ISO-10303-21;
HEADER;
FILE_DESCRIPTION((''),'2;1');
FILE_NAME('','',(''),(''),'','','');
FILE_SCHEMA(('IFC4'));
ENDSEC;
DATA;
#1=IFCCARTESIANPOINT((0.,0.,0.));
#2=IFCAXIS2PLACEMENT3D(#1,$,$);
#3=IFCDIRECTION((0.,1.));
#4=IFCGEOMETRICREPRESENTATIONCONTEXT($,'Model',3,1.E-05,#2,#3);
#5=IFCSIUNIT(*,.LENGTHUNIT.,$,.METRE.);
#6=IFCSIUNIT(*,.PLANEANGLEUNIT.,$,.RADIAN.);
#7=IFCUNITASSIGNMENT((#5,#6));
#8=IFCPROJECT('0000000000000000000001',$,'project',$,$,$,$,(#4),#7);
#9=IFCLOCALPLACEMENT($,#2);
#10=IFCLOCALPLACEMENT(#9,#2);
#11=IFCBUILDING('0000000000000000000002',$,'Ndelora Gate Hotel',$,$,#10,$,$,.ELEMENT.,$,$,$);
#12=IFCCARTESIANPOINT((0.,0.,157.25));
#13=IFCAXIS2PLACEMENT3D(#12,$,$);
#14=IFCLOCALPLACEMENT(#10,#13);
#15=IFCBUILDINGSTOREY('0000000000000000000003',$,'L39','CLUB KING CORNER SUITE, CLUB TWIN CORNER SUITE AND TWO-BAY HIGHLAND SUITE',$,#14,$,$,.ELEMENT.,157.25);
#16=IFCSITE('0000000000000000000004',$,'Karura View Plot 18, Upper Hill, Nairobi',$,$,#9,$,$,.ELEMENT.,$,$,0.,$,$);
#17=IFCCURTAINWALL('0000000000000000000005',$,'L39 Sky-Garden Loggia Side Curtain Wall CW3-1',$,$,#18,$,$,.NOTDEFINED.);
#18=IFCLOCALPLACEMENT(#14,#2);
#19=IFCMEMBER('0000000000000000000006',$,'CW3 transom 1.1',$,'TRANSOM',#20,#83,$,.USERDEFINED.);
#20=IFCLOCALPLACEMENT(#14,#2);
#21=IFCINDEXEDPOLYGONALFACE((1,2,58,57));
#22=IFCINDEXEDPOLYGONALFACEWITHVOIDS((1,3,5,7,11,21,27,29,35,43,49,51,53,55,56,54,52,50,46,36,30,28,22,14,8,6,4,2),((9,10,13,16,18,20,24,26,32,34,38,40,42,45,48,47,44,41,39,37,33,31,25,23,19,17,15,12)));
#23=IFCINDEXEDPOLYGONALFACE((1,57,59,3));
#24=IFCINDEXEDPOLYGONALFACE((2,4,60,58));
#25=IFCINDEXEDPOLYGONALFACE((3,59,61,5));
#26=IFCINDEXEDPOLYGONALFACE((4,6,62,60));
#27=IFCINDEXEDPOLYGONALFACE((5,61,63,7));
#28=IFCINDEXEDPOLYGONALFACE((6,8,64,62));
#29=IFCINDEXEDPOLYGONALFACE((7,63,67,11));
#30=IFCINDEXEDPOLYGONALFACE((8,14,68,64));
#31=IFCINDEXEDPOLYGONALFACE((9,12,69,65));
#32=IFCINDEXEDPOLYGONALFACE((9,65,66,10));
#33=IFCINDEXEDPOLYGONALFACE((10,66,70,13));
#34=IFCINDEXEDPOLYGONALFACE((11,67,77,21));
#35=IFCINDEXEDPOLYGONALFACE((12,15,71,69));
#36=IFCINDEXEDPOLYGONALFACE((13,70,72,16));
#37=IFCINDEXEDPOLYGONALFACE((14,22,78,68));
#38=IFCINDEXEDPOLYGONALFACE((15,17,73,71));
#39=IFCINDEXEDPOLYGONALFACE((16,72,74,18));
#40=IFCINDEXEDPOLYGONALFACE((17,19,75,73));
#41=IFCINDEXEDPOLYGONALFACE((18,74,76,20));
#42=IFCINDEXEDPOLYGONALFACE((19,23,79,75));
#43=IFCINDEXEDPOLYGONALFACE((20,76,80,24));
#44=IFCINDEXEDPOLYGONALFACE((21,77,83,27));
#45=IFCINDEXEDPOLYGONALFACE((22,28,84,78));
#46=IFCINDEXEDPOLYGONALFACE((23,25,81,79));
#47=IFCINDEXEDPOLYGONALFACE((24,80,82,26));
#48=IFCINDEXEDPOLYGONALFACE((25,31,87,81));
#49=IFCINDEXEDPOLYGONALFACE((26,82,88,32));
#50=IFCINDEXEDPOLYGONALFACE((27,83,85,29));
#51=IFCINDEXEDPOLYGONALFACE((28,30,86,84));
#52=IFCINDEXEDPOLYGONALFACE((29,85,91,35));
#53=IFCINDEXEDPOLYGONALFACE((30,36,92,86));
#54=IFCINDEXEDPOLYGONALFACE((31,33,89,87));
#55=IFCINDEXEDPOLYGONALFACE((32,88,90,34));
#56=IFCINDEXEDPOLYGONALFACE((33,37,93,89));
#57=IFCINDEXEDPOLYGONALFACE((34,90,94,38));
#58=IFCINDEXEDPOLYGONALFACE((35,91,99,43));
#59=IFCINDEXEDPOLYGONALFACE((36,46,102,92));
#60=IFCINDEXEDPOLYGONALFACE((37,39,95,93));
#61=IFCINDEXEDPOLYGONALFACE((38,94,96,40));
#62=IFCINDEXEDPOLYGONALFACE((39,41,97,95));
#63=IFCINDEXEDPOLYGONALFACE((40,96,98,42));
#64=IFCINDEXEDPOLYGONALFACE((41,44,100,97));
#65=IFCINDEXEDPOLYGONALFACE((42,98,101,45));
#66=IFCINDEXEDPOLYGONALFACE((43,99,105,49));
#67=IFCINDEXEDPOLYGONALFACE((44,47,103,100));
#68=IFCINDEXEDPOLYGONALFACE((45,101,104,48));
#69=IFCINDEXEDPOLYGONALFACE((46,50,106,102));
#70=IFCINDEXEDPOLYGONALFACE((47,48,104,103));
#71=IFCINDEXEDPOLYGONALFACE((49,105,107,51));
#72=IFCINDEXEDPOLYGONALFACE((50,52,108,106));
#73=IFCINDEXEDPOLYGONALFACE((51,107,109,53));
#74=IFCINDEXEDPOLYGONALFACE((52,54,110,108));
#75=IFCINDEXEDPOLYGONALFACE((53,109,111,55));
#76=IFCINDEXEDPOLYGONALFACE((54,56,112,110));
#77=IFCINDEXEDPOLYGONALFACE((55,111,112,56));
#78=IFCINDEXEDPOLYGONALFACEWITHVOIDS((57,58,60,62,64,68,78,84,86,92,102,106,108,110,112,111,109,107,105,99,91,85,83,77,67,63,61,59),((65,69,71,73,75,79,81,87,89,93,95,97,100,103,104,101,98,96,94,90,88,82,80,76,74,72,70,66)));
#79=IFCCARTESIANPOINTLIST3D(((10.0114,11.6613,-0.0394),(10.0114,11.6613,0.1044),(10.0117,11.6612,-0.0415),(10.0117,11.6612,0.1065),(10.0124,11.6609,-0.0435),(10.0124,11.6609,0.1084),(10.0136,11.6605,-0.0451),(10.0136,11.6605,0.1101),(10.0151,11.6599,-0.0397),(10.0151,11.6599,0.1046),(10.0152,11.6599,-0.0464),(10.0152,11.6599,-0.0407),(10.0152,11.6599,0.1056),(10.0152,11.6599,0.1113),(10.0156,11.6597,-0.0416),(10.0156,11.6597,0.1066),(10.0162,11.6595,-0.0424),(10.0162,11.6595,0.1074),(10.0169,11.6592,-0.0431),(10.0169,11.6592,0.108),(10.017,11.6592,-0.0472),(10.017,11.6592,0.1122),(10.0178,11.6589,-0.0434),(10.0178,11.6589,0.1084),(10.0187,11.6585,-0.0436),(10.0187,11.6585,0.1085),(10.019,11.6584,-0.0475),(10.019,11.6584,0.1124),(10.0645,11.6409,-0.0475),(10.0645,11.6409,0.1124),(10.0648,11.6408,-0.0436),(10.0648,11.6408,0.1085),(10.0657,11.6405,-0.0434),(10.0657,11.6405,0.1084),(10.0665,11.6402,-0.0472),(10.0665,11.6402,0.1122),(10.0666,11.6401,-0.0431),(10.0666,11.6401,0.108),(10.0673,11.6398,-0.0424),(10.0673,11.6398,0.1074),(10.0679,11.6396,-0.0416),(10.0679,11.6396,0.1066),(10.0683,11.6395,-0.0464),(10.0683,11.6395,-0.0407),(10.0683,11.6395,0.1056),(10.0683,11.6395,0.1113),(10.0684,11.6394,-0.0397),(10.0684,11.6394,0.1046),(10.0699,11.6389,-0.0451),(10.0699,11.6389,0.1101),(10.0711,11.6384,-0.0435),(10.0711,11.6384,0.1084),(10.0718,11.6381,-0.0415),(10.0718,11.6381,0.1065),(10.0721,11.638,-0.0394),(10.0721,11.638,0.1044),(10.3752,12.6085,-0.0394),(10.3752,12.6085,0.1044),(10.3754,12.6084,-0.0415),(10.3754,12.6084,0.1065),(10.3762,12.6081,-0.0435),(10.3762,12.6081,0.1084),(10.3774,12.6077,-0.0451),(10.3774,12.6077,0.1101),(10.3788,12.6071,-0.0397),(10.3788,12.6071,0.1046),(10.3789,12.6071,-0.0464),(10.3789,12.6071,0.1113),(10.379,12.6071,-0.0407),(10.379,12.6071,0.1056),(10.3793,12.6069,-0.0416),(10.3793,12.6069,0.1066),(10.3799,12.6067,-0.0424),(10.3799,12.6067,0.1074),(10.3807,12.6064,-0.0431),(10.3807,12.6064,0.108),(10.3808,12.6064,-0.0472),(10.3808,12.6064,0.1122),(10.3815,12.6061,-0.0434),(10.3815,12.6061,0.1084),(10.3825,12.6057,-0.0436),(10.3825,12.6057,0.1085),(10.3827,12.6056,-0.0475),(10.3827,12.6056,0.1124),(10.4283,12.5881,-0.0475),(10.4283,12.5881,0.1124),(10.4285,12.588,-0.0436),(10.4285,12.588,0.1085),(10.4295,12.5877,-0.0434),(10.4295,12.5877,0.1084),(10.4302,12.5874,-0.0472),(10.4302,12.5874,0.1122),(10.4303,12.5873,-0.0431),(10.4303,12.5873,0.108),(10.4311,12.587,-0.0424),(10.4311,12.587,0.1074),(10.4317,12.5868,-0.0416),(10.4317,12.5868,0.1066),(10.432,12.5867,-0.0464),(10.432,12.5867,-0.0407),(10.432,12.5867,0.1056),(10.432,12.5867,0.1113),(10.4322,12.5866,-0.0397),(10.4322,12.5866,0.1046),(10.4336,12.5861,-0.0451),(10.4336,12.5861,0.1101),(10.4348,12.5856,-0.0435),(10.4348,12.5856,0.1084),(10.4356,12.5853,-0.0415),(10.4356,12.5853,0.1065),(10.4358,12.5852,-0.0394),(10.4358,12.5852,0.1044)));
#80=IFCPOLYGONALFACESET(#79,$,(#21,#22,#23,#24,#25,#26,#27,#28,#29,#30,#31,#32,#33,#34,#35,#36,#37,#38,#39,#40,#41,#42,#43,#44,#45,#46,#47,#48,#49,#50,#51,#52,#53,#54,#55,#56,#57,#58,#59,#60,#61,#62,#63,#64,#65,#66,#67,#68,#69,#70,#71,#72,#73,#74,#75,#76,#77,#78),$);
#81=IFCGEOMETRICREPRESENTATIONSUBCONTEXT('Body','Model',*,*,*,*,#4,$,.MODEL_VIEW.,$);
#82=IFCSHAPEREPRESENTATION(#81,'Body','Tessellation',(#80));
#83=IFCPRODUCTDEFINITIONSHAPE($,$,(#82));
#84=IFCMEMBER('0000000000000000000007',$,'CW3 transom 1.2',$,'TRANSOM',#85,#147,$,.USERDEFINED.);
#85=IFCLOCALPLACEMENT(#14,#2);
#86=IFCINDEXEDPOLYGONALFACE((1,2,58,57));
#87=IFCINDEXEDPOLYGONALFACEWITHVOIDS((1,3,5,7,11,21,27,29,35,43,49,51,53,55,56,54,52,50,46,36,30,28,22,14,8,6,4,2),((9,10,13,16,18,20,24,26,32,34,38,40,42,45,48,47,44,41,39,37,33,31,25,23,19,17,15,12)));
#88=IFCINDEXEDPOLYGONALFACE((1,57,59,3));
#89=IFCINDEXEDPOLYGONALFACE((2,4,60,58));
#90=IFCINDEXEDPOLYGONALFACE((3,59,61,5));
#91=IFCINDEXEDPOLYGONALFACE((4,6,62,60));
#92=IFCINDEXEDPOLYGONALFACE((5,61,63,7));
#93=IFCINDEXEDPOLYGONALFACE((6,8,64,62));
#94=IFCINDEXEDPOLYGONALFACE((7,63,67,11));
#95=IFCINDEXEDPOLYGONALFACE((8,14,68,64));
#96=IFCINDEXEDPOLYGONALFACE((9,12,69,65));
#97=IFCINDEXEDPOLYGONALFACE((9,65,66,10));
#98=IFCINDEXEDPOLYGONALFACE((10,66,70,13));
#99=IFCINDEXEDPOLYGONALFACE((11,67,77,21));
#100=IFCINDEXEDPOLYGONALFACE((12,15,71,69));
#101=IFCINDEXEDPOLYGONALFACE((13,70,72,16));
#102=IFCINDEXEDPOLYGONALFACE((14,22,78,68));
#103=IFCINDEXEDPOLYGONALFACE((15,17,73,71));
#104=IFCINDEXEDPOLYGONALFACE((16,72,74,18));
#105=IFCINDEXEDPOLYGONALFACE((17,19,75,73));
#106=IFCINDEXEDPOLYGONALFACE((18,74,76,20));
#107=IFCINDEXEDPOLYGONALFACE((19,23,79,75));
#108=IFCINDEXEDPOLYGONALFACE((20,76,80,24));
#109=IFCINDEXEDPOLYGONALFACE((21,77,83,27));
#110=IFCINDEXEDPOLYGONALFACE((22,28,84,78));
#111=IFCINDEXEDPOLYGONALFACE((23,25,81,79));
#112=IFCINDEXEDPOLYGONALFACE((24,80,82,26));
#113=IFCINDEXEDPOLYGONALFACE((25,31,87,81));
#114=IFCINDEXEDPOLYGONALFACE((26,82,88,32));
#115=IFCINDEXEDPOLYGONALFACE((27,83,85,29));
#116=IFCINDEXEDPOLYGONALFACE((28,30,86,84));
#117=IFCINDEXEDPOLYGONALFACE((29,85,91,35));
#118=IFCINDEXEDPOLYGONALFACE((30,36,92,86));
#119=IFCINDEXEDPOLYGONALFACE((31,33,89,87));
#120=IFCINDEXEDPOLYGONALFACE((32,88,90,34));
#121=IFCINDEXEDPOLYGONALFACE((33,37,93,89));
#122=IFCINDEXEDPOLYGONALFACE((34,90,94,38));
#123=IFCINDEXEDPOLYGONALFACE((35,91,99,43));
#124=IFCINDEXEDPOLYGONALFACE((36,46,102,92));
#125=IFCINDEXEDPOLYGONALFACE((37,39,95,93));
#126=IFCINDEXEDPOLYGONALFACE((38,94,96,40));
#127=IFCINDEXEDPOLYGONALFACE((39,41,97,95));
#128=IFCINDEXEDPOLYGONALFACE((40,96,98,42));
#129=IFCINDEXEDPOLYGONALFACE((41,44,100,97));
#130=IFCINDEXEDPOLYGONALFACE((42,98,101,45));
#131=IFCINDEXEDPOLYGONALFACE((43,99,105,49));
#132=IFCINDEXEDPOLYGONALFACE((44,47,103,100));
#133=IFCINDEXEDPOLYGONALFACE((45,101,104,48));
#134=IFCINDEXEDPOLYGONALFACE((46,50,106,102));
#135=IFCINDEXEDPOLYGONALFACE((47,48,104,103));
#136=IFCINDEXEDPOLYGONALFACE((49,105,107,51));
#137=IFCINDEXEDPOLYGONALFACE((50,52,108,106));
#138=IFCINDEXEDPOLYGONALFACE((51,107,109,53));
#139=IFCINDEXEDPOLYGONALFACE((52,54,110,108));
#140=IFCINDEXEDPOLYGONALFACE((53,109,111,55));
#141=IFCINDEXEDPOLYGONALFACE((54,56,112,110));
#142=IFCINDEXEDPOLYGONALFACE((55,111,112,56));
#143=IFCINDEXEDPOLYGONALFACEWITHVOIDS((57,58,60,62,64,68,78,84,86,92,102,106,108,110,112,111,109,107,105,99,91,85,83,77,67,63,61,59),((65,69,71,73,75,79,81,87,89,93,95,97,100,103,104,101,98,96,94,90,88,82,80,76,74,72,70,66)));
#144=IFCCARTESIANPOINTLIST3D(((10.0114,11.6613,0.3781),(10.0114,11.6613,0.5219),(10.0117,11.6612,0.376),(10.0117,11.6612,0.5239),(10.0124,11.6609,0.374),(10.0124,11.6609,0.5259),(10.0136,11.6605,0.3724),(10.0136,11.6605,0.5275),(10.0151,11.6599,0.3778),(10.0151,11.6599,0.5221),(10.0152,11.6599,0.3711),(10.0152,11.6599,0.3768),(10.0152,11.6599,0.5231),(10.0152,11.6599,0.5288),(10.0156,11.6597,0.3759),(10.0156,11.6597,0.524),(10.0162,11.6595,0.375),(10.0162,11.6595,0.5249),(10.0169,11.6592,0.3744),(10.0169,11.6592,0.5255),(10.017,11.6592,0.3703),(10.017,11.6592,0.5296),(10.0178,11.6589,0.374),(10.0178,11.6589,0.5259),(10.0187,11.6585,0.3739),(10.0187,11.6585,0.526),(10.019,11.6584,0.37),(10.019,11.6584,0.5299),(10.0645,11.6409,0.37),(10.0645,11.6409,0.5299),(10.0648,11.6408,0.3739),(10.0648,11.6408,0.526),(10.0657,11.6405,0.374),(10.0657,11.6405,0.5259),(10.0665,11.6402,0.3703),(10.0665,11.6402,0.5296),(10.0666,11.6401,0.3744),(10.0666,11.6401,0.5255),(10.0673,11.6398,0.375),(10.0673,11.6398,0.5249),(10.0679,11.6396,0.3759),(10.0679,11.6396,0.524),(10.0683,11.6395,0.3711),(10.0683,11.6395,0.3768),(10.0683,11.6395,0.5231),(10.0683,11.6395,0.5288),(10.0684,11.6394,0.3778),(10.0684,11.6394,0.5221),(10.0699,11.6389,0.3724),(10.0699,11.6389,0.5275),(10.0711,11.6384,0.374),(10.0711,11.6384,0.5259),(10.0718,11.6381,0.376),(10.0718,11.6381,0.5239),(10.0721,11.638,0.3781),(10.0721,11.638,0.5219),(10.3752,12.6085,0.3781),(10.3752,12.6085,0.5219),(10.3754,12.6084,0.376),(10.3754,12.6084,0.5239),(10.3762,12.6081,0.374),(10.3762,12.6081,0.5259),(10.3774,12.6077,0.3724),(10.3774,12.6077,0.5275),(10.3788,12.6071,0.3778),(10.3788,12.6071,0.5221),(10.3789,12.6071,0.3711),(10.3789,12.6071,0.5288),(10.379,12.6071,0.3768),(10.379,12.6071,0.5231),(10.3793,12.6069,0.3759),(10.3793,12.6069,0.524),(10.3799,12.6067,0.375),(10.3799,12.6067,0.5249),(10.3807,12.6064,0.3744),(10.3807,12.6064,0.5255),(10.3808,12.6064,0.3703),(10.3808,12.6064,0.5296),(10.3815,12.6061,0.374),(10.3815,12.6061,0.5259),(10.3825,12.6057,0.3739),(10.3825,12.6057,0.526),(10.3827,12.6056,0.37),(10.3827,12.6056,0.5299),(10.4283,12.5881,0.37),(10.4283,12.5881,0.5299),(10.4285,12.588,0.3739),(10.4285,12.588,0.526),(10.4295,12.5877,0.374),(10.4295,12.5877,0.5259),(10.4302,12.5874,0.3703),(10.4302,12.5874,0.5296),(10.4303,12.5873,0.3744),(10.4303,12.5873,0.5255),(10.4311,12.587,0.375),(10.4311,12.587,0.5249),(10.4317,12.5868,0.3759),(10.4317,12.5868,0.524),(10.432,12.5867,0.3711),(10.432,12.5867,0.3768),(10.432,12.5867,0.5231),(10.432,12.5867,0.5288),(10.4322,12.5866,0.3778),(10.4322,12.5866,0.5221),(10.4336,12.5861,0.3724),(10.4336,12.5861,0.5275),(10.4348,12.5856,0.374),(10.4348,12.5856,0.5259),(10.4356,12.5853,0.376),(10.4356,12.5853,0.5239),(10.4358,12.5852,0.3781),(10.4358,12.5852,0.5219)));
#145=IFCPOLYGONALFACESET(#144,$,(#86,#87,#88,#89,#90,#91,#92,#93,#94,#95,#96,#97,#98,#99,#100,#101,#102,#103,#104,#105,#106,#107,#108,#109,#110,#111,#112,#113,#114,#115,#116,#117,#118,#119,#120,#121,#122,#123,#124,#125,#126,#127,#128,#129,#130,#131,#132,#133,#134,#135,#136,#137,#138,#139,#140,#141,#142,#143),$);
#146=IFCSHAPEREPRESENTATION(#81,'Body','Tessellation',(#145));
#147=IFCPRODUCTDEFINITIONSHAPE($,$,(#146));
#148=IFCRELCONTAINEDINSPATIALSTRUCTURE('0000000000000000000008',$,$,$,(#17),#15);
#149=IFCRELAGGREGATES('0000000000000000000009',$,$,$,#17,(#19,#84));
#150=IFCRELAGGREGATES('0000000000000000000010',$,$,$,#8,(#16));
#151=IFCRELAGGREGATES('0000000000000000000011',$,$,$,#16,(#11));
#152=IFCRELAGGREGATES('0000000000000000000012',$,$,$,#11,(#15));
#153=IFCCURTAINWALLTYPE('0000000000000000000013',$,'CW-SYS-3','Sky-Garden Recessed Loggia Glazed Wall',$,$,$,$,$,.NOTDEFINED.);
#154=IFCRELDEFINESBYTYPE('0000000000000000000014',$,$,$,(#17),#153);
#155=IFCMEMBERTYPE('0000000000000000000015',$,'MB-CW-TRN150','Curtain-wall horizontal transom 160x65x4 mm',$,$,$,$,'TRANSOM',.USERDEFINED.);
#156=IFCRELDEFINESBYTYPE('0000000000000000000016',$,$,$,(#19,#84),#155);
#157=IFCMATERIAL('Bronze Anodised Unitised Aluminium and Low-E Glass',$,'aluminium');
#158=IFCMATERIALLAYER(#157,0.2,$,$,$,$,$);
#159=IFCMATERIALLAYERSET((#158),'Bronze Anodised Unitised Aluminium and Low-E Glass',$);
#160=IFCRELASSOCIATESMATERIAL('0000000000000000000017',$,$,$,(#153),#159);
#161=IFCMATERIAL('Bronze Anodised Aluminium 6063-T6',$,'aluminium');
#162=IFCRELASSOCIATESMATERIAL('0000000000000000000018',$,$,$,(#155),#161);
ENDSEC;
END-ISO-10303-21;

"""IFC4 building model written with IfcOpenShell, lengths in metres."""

from ifc_helpers import new_model, si_unit, direction, frame, origin, origin_2d, place, context, subcontext, project, spatial, hollow_rectangle, extrude, material, layer, layer_set, material_profile, profile_set, type_object, element, aggregate, save


model = new_model("IFC4")

# Units and contexts
model_context = context("Model", 3, precision=1e-05, world=origin(), true_north=direction((0.0, 1.0)))
body_context = subcontext(model_context, "Body", "Model", "MODEL_VIEW")
ifc_project = project(units=[si_unit("LENGTHUNIT", "METRE"), si_unit("PLANEANGLEUNIT", "RADIAN")], contexts=[model_context])

# Site, building, storey
site_placement = place(None, origin())
site = spatial("IfcSite", under=ifc_project, at=site_placement, Name="Karura View Plot 18, Upper Hill, Nairobi", CompositionType="ELEMENT", RefElevation=0.0)
building_placement = place(site_placement, origin())
building = spatial("IfcBuilding", under=site, at=building_placement, Name="Ndelora Gate Hotel", CompositionType="ELEMENT")
storey_placement = place(building_placement, frame((0.0, 0.0, 157.25)))
storey = spatial("IfcBuildingStorey", under=building, at=storey_placement, Name="L39", Description="CLUB KING CORNER SUITE, CLUB TWIN CORNER SUITE AND TWO-BAY HIGHLAND SUITE", CompositionType="ELEMENT", Elevation=157.25)

# Curtain wall, members
ifc_material_1 = material(Name="Bronze Anodised Unitised Aluminium and Low-E Glass", Category="aluminium")
ifc_layer_1 = layer(ifc_material_1, 0.2)
ifc_layer_set_1 = layer_set([ifc_layer_1], Name="Bronze Anodised Unitised Aluminium and Low-E Glass")
curtain_wall_type = type_object("IfcCurtainWallType", Name="CW-SYS-3", Description="Sky-Garden Recessed Loggia Glazed Wall", PredefinedType="NOTDEFINED", material=ifc_layer_set_1)
curtain_wall_placement = place(storey_placement, origin())
curtain_wall = element("IfcCurtainWall", 1, at=curtain_wall_placement, inside=storey, type_object=curtain_wall_type, Name="L39 Sky-Garden Loggia Side Curtain Wall CW3-1", PredefinedType="NOTDEFINED")
ifc_material_2 = material(Name="Bronze Anodised Aluminium 6063-T6", Category="aluminium")
ifc_material_profile_1 = material_profile(ifc_material_2, hollow_rectangle(XDim=0.0649, YDim=0.1599, WallThickness=0.0039, InnerFilletRadius=0.0039, OuterFilletRadius=0.0081, at=origin_2d()), Name="ALU 160x65x4")
ifc_profile_set_1 = profile_set([ifc_material_profile_1], Name="Bronze Anodised Aluminium 6063-T6")
member_type_1 = type_object("IfcMemberType", Name="MB-CW-TRN150", Description="Curtain-wall horizontal transom 160x65x4 mm", ElementType="TRANSOM", PredefinedType="USERDEFINED", material=ifc_profile_set_1)
member_1_placement = place(storey_placement, frame((10.0417, 11.6497, 0.0325), z_axis=(0.358495, 0.933532, 0.0), x_axis=(-0.933532, 0.358495, 0.0)))
member_1 = element("IfcMember", 2, at=member_1_placement, type_object=member_type_1, Name="CW3 transom 1.1", ObjectType="TRANSOM", PredefinedType="USERDEFINED", context=body_context, shape_type="SweptSolid", body=[
    extrude(hollow_rectangle(XDim=0.0649, YDim=0.1599, WallThickness=0.0039, InnerFilletRadius=0.0039, OuterFilletRadius=0.0081, at=origin_2d()), origin(), (0.0, 0.0, 1.0), 1.0146),
])
member_2_placement = place(storey_placement, frame((10.0417, 11.6497, 0.45), z_axis=(0.358495, 0.933532, 0.0), x_axis=(-0.933532, 0.358495, 0.0)))
member_2 = element("IfcMember", 3, at=member_2_placement, type_object=member_type_1, Name="CW3 transom 1.2", ObjectType="TRANSOM", PredefinedType="USERDEFINED", context=body_context, shape_type="SweptSolid", body=[
    extrude(hollow_rectangle(XDim=0.0649, YDim=0.1599, WallThickness=0.0039, InnerFilletRadius=0.0039, OuterFilletRadius=0.0081, at=origin_2d()), origin(), (0.0, 0.0, 1.0), 1.0146),
])
aggregate(curtain_wall, [member_1, member_2])

save(model, "model.ifc")
